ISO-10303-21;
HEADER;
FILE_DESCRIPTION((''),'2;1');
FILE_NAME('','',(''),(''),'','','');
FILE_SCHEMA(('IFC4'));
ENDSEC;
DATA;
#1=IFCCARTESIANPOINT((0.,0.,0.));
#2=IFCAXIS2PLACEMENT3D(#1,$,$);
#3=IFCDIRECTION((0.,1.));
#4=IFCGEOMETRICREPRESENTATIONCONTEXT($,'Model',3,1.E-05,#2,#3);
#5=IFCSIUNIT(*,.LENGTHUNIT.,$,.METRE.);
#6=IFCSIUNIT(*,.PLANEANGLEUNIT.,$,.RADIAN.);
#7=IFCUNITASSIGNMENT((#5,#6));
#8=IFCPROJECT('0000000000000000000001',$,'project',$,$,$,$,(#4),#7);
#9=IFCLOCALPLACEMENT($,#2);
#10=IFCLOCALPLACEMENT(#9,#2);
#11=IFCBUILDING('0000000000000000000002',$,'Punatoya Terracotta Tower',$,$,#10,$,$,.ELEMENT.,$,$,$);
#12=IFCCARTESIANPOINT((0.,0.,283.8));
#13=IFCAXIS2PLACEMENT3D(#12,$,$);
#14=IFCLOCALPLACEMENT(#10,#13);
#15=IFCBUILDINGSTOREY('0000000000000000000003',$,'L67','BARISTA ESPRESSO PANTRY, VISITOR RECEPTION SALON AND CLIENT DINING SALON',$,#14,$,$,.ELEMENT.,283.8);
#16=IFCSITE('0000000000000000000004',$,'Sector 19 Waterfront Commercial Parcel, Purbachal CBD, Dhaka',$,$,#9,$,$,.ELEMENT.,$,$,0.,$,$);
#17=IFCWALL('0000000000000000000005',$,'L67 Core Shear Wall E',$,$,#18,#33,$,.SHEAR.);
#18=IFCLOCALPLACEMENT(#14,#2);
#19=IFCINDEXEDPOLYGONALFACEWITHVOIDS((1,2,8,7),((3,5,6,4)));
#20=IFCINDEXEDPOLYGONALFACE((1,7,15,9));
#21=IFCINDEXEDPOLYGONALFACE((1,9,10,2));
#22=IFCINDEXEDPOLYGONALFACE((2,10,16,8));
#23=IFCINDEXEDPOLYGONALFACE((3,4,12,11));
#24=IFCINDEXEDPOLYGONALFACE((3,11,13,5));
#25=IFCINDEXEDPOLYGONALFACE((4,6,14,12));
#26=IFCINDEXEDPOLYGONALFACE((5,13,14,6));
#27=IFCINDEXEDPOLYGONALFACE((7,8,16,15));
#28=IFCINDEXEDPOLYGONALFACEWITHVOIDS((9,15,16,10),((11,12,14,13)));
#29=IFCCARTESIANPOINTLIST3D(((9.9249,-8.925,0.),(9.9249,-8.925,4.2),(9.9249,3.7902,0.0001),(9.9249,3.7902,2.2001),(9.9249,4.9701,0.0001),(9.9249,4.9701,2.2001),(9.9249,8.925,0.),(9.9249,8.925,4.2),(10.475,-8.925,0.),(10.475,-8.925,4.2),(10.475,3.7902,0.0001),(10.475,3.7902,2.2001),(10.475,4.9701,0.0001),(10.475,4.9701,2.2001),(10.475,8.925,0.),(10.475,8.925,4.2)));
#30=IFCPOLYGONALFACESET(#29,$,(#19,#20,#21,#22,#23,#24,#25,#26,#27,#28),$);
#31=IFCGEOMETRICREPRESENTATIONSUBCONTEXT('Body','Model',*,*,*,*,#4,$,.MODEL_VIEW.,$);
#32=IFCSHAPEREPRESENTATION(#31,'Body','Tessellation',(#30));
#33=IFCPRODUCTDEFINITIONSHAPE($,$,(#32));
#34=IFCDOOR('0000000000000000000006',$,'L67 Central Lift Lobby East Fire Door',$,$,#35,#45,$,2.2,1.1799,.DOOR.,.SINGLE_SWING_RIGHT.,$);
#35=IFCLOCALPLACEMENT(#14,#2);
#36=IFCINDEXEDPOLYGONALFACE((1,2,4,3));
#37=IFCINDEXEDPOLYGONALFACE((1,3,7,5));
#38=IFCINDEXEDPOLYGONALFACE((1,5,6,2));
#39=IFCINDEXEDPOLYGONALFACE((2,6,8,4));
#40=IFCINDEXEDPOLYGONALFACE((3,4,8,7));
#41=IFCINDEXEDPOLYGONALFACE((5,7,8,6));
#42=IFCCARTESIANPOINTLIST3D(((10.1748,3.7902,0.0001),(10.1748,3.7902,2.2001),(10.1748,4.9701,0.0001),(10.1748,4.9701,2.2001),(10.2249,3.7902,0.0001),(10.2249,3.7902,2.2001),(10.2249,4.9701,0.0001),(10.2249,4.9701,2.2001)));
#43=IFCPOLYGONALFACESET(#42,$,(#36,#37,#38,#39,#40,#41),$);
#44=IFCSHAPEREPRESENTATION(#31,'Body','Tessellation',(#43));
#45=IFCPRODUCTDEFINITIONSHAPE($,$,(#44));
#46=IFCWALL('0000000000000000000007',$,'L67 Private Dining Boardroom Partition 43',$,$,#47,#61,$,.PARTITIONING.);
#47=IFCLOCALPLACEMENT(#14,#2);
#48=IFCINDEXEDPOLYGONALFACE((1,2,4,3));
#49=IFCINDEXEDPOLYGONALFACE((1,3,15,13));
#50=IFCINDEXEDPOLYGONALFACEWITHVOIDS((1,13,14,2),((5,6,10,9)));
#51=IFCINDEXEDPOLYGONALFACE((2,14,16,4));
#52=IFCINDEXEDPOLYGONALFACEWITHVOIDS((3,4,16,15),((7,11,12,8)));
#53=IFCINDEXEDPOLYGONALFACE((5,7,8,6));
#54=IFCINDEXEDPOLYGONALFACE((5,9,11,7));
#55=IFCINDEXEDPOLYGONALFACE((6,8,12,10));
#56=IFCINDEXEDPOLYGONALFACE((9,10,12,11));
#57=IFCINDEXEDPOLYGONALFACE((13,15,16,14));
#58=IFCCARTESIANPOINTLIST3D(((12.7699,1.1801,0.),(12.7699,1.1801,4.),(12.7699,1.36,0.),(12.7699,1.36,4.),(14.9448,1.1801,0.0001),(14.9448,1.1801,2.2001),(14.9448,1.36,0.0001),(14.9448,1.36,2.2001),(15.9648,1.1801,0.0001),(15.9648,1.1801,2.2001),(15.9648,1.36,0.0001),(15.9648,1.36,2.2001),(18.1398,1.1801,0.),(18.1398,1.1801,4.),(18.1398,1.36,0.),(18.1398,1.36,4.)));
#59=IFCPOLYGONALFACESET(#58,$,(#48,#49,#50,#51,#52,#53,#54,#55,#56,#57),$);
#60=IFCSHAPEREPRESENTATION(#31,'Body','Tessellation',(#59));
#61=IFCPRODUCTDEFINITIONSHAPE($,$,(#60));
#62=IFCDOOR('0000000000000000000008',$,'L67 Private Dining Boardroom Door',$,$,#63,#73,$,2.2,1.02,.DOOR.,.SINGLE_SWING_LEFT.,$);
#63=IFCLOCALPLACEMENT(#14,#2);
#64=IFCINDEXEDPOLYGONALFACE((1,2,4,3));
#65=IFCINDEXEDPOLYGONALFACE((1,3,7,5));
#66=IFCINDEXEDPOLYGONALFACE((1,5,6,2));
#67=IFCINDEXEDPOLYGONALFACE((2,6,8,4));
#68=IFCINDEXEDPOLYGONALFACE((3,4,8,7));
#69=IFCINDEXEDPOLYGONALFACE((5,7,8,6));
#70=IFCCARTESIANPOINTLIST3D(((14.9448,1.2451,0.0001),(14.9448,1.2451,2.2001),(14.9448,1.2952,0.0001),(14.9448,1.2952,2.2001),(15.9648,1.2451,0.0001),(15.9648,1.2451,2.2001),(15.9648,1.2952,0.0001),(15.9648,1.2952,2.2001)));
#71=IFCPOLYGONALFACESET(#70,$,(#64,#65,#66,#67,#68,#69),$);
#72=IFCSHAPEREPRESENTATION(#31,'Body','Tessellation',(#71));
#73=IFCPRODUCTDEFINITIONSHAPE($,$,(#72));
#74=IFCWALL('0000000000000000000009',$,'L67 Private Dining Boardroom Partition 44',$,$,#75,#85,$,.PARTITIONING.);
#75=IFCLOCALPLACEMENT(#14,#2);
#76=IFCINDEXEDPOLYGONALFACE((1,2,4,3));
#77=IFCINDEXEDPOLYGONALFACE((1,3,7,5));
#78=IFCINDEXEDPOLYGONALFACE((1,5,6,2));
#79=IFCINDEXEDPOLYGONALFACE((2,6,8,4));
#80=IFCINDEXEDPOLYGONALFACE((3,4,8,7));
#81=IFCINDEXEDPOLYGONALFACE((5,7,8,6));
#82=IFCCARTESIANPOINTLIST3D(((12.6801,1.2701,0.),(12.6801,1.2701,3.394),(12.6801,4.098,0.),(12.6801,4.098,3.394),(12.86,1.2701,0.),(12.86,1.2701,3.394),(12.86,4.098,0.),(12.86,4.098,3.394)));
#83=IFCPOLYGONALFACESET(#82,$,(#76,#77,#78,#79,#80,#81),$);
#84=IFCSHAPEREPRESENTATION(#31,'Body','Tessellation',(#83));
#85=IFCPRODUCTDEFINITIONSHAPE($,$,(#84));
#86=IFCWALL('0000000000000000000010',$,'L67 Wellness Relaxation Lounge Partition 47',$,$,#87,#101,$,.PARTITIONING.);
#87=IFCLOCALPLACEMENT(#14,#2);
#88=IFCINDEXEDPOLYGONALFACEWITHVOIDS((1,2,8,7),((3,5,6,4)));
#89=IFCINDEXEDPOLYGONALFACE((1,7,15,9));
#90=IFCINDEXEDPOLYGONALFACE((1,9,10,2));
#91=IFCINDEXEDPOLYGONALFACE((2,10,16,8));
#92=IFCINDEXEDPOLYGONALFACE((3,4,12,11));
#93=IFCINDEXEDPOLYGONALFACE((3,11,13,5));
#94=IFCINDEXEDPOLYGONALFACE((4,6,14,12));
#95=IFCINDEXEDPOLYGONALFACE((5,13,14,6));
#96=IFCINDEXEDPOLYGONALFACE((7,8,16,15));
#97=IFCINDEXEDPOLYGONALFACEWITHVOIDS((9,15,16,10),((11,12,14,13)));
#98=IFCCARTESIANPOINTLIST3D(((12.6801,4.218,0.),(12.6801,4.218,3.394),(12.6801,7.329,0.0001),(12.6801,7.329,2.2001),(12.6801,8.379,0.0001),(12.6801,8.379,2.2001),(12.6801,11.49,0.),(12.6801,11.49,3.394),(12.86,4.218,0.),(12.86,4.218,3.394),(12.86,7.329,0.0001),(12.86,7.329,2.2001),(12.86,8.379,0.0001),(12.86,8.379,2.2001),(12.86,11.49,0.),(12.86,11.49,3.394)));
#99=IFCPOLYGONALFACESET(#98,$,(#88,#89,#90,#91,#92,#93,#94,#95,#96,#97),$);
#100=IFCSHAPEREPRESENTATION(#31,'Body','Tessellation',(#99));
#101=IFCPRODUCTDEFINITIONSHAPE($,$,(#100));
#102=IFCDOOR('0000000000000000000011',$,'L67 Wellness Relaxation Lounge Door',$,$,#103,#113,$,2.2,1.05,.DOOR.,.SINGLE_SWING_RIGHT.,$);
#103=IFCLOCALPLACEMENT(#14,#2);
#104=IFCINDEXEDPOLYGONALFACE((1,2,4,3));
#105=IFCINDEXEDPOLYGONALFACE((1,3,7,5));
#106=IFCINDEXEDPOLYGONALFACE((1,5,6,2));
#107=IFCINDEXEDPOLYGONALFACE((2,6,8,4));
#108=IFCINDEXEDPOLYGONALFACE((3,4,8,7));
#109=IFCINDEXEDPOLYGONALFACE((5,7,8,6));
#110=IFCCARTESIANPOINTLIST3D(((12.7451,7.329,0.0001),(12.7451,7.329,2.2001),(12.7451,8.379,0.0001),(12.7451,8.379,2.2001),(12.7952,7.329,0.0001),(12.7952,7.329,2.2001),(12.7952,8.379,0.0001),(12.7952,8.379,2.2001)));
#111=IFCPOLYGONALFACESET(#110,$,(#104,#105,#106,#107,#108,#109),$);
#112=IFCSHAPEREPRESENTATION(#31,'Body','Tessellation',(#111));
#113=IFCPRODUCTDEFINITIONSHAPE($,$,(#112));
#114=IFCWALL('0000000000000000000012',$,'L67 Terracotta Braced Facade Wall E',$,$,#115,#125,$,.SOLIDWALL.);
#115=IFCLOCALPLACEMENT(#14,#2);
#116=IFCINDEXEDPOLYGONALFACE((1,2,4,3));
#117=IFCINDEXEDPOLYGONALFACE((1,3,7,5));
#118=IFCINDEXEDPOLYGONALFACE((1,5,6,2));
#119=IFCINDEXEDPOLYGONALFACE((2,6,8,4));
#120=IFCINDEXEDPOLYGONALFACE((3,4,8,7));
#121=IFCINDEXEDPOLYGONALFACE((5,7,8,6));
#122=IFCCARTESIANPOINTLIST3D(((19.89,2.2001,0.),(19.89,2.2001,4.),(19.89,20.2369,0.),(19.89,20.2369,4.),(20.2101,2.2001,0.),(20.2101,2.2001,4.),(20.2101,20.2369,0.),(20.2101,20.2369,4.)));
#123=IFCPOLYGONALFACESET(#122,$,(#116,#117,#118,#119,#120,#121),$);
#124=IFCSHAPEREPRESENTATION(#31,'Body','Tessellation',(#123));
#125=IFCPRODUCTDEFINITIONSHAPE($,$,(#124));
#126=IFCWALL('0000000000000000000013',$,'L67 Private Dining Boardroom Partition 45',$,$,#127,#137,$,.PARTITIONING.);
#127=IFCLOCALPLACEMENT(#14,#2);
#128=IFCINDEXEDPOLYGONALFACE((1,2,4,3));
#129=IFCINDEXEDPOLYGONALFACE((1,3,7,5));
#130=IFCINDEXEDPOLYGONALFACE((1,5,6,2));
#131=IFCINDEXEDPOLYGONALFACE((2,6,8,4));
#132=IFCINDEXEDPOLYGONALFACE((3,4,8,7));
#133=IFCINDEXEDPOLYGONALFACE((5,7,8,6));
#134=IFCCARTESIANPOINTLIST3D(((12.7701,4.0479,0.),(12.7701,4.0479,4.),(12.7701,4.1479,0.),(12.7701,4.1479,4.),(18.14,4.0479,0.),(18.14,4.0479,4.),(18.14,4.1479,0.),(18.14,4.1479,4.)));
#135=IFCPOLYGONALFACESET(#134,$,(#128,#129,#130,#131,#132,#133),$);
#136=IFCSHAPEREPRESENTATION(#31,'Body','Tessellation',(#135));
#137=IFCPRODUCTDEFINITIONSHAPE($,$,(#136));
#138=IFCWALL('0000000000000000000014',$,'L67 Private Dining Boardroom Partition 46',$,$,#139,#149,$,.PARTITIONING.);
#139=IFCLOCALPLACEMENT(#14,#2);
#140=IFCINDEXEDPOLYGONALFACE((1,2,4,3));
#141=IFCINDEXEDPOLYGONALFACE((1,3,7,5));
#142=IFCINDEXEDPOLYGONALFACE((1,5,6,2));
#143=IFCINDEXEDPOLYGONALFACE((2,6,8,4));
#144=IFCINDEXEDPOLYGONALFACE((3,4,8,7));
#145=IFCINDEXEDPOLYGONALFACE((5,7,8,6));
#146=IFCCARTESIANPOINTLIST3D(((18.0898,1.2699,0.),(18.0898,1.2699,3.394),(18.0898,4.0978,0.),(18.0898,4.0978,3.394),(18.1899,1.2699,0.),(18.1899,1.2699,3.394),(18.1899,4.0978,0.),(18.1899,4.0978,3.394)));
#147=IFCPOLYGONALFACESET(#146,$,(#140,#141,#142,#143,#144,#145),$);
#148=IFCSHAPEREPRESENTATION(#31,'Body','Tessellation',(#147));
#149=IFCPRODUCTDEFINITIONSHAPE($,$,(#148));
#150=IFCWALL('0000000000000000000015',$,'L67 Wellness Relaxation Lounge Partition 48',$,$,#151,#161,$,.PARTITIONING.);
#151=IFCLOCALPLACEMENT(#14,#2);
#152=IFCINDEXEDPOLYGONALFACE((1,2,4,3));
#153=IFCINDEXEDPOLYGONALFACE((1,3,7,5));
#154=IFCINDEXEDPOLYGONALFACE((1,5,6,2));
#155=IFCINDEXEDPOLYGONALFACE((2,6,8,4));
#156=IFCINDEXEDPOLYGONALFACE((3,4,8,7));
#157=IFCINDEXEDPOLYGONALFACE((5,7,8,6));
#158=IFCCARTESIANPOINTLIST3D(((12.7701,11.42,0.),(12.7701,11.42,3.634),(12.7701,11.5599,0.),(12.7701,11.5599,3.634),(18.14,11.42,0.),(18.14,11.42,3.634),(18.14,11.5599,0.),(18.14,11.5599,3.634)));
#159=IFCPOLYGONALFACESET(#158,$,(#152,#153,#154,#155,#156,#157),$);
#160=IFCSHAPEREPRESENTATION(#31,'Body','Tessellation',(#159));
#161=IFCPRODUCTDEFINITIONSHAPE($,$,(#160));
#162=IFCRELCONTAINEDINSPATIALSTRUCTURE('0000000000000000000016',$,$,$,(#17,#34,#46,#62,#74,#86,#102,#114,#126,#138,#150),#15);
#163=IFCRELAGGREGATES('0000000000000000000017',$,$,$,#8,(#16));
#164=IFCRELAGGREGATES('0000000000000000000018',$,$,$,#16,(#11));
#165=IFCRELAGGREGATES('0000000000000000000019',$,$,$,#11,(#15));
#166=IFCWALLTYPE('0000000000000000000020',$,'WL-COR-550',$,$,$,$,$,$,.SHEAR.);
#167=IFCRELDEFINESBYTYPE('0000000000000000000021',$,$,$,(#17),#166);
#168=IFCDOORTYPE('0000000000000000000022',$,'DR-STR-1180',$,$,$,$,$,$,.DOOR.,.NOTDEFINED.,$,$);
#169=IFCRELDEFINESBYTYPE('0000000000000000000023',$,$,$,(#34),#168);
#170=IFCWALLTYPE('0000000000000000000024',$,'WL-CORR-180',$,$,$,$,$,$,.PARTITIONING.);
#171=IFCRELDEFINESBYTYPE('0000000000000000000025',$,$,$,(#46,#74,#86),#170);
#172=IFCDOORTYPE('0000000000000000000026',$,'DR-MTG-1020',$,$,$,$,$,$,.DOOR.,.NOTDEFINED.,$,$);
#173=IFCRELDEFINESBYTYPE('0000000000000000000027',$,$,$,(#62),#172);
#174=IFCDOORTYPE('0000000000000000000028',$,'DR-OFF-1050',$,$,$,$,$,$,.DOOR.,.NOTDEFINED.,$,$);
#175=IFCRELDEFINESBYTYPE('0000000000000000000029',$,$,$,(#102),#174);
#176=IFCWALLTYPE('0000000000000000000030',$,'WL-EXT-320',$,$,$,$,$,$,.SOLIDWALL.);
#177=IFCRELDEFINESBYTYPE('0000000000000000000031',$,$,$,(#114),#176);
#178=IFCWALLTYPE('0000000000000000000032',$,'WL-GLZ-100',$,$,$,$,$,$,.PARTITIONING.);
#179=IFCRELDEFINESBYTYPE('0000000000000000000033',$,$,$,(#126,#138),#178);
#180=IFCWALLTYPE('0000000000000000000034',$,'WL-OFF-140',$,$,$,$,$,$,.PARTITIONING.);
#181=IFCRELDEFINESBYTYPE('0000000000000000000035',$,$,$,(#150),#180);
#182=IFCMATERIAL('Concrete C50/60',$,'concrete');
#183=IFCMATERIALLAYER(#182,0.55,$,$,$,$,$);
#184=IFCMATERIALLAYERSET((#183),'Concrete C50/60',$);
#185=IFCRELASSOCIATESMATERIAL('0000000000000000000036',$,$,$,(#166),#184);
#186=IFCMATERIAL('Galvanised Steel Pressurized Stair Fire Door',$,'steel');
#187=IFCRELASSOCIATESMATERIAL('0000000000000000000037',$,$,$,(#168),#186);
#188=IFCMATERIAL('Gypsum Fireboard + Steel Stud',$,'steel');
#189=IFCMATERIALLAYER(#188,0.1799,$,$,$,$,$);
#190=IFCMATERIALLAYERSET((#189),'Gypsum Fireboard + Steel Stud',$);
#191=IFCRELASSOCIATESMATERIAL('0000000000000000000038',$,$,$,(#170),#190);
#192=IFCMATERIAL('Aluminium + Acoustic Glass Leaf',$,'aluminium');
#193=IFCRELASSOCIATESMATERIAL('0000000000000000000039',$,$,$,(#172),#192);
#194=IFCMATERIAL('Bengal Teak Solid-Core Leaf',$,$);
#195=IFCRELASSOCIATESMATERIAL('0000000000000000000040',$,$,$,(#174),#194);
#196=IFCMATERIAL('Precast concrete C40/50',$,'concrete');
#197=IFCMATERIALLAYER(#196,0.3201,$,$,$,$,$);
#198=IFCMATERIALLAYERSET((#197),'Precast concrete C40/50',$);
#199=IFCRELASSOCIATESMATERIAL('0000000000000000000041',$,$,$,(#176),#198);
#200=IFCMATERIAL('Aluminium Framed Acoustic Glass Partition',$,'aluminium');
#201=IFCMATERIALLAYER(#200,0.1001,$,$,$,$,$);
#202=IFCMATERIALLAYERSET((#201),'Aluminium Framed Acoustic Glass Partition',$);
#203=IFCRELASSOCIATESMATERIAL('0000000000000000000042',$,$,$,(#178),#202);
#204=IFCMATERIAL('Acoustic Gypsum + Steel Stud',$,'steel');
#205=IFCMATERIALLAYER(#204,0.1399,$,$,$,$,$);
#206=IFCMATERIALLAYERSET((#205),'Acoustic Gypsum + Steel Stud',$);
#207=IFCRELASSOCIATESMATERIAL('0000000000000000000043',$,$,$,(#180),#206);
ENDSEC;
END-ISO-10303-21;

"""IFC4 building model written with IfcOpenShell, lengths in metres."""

from ifc_helpers import new_model, si_unit, direction, frame, frame_2d, origin, place, context, subcontext, project, spatial, rectangle, extrude, material, layer, layer_set, type_object, element, fill, save


model = new_model("IFC4")

# Units and contexts
model_context = context("Model", 3, precision=1e-05, world=origin(), true_north=direction((0.0, 1.0)))
body_context = subcontext(model_context, "Body", "Model", "MODEL_VIEW")
ifc_project = project(units=[si_unit("LENGTHUNIT", "METRE"), si_unit("PLANEANGLEUNIT", "RADIAN")], contexts=[model_context])

# Site, building, storey
site_placement = place(None, origin())
site = spatial("IfcSite", under=ifc_project, at=site_placement, Name="Sector 19 Waterfront Commercial Parcel, Purbachal CBD, Dhaka", CompositionType="ELEMENT", RefElevation=0.0)
building_placement = place(site_placement, origin())
building = spatial("IfcBuilding", under=site, at=building_placement, Name="Punatoya Terracotta Tower", CompositionType="ELEMENT")
storey_placement = place(building_placement, frame((0.0, 0.0, 283.8)))
storey = spatial("IfcBuildingStorey", under=building, at=storey_placement, Name="L67", Description="BARISTA ESPRESSO PANTRY, VISITOR RECEPTION SALON AND CLIENT DINING SALON", CompositionType="ELEMENT", Elevation=283.8)

# Walls, openings, doors
ifc_material_1 = material(Name="Concrete C50/60", Category="concrete")
ifc_layer_1 = layer(ifc_material_1, 0.55)
ifc_layer_set_1 = layer_set([ifc_layer_1], Name="Concrete C50/60")
wall_type_1 = type_object("IfcWallType", Name="WL-COR-550", PredefinedType="SHEAR", material=ifc_layer_set_1)
wall_1_placement = place(storey_placement, frame((10.2, 8.925, 0.0), z_axis=(0.0, 0.0, 1.0), x_axis=(0.0, -1.0, 0.0)))
wall_1 = element("IfcWall", 1, at=wall_1_placement, inside=storey, type_object=wall_type_1, Name="L67 Core Shear Wall E", PredefinedType="SHEAR", context=body_context, shape_type="SweptSolid", body=[
    extrude(rectangle(XDim=17.8501, YDim=0.55, at=frame_2d((8.925, 0.0))), origin(), (0.0, 0.0, 1.0), 4.2),
])
opening_1_placement = place(wall_1_placement, frame((3.9551, 0.0, 0.0)))
opening_1 = element("IfcOpeningElement", 2, at=opening_1_placement, cuts=wall_1, PredefinedType="OPENING", context=body_context, shape_type="SweptSolid", body=[
    extrude(rectangle(XDim=1.1799, YDim=2.2, at=frame_2d((0.5898, 1.1001))), frame((0.0, 0.2849, 0.0), z_axis=(0.0, -1.0, 0.0), x_axis=(1.0, 0.0, 0.0)), (0.0, 0.0, 1.0), 0.5701),
])
ifc_material_2 = material(Name="Galvanised Steel Pressurized Stair Fire Door", Category="steel")
door_type_1 = type_object("IfcDoorType", Name="DR-STR-1180", OperationType="NOTDEFINED", PredefinedType="DOOR", material=ifc_material_2)
door_1_placement = place(opening_1_placement, origin())
door_1 = element("IfcDoor", 3, at=door_1_placement, inside=storey, type_object=door_type_1, Name="L67 Central Lift Lobby East Fire Door", OperationType="SINGLE_SWING_RIGHT", OverallHeight=2.2, OverallWidth=1.1799, PredefinedType="DOOR", context=body_context, shape_type="SweptSolid", body=[
    extrude(rectangle(XDim=1.1799, YDim=2.2, at=frame_2d((0.5898, 1.1001))), frame((0.0, 0.0249, 0.0), z_axis=(0.0, -1.0, 0.0), x_axis=(1.0, 0.0, 0.0)), (0.0, 0.0, 1.0), 0.05),
])
fill(opening_1, door_1)
ifc_material_3 = material(Name="Gypsum Fireboard + Steel Stud", Category="steel")
ifc_layer_2 = layer(ifc_material_3, 0.1799)
ifc_layer_set_2 = layer_set([ifc_layer_2], Name="Gypsum Fireboard + Steel Stud")
wall_type_2 = type_object("IfcWallType", Name="WL-CORR-180", PredefinedType="PARTITIONING", material=ifc_layer_set_2)
wall_2_placement = place(storey_placement, frame((18.1399, 1.27, 0.0), z_axis=(0.0, 0.0, 1.0), x_axis=(-1.0, 0.0, 0.0)))
wall_2 = element("IfcWall", 4, at=wall_2_placement, inside=storey, type_object=wall_type_2, Name="L67 Private Dining Boardroom Partition 43", PredefinedType="PARTITIONING", context=body_context, shape_type="SweptSolid", body=[
    extrude(rectangle(XDim=5.3699, YDim=0.1799, at=frame_2d((2.6851, 0.0))), origin(), (0.0, 0.0, 1.0), 4.0),
])
opening_2_placement = place(wall_2_placement, frame((2.175, 0.0, 0.0)))
opening_2 = element("IfcOpeningElement", 5, at=opening_2_placement, cuts=wall_2, PredefinedType="OPENING", context=body_context, shape_type="SweptSolid", body=[
    extrude(rectangle(XDim=1.02, YDim=2.2, at=frame_2d((0.51, 1.1001))), frame((0.0, 0.0999, 0.0), z_axis=(0.0, -1.0, 0.0), x_axis=(1.0, 0.0, 0.0)), (0.0, 0.0, 1.0), 0.2),
])
ifc_material_4 = material(Name="Aluminium + Acoustic Glass Leaf", Category="aluminium")
door_type_2 = type_object("IfcDoorType", Name="DR-MTG-1020", OperationType="NOTDEFINED", PredefinedType="DOOR", material=ifc_material_4)
door_2_placement = place(opening_2_placement, origin())
door_2 = element("IfcDoor", 6, at=door_2_placement, inside=storey, type_object=door_type_2, Name="L67 Private Dining Boardroom Door", OperationType="SINGLE_SWING_LEFT", OverallHeight=2.2, OverallWidth=1.02, PredefinedType="DOOR", context=body_context, shape_type="SweptSolid", body=[
    extrude(rectangle(XDim=1.02, YDim=2.2, at=frame_2d((0.51, 1.1001))), frame((0.0, 0.0249, 0.0), z_axis=(0.0, -1.0, 0.0), x_axis=(1.0, 0.0, 0.0)), (0.0, 0.0, 1.0), 0.05),
])
fill(opening_2, door_2)

# Wall
wall_3_placement = place(storey_placement, frame((12.77, 1.27, 0.0), z_axis=(0.0, 0.0, 1.0), x_axis=(0.0, 1.0, 0.0)))
element("IfcWall", 7, at=wall_3_placement, inside=storey, type_object=wall_type_2, Name="L67 Private Dining Boardroom Partition 44", PredefinedType="PARTITIONING", context=body_context, shape_type="SweptSolid", body=[
    extrude(rectangle(XDim=2.8279, YDim=0.1799, at=frame_2d((1.4141, 0.0))), origin(), (0.0, 0.0, 1.0), 3.394),
])

# Wall, opening, door
wall_4_placement = place(storey_placement, frame((12.77, 4.218, 0.0), z_axis=(0.0, 0.0, 1.0), x_axis=(0.0, 1.0, 0.0)))
wall_4 = element("IfcWall", 8, at=wall_4_placement, inside=storey, type_object=wall_type_2, Name="L67 Wellness Relaxation Lounge Partition 47", PredefinedType="PARTITIONING", context=body_context, shape_type="SweptSolid", body=[
    extrude(rectangle(XDim=7.272, YDim=0.1799, at=frame_2d((3.636, 0.0))), origin(), (0.0, 0.0, 1.0), 3.394),
])
opening_3_placement = place(wall_4_placement, frame((3.1111, 0.0, 0.0)))
opening_3 = element("IfcOpeningElement", 9, at=opening_3_placement, cuts=wall_4, PredefinedType="OPENING", context=body_context, shape_type="SweptSolid", body=[
    extrude(rectangle(XDim=1.05, YDim=2.2, at=frame_2d((0.5249, 1.1001))), frame((0.0, 0.0999, 0.0), z_axis=(0.0, -1.0, 0.0), x_axis=(1.0, 0.0, 0.0)), (0.0, 0.0, 1.0), 0.2),
])
ifc_material_5 = material(Name="Bengal Teak Solid-Core Leaf")
door_type_3 = type_object("IfcDoorType", Name="DR-OFF-1050", OperationType="NOTDEFINED", PredefinedType="DOOR", material=ifc_material_5)
door_3_placement = place(opening_3_placement, origin())
door_3 = element("IfcDoor", 10, at=door_3_placement, inside=storey, type_object=door_type_3, Name="L67 Wellness Relaxation Lounge Door", OperationType="SINGLE_SWING_RIGHT", OverallHeight=2.2, OverallWidth=1.05, PredefinedType="DOOR", context=body_context, shape_type="SweptSolid", body=[
    extrude(rectangle(XDim=1.05, YDim=2.2, at=frame_2d((0.5249, 1.1001))), frame((0.0, 0.0249, 0.0), z_axis=(0.0, -1.0, 0.0), x_axis=(1.0, 0.0, 0.0)), (0.0, 0.0, 1.0), 0.05),
])
fill(opening_3, door_3)

# Walls
ifc_material_6 = material(Name="Precast concrete C40/50", Category="concrete")
ifc_layer_3 = layer(ifc_material_6, 0.3201)
ifc_layer_set_3 = layer_set([ifc_layer_3], Name="Precast concrete C40/50")
wall_type_3 = type_object("IfcWallType", Name="WL-EXT-320", PredefinedType="SOLIDWALL", material=ifc_layer_set_3)
wall_5_placement = place(storey_placement, frame((20.05, 2.2, 0.0), z_axis=(0.0, 0.0, 1.0), x_axis=(0.0, 1.0, 0.0)))
element("IfcWall", 11, at=wall_5_placement, inside=storey, type_object=wall_type_3, Name="L67 Terracotta Braced Facade Wall E", PredefinedType="SOLIDWALL", context=body_context, shape_type="SweptSolid", body=[
    extrude(rectangle(XDim=18.0369, YDim=0.3201, at=frame_2d((9.0186, 0.0))), origin(), (0.0, 0.0, 1.0), 4.0),
])
ifc_material_7 = material(Name="Aluminium Framed Acoustic Glass Partition", Category="aluminium")
ifc_layer_4 = layer(ifc_material_7, 0.1001)
ifc_layer_set_4 = layer_set([ifc_layer_4], Name="Aluminium Framed Acoustic Glass Partition")
wall_type_4 = type_object("IfcWallType", Name="WL-GLZ-100", PredefinedType="PARTITIONING", material=ifc_layer_set_4)
wall_6_placement = place(storey_placement, frame((12.77, 4.0979, 0.0), z_axis=(0.0, 0.0, 1.0), x_axis=(1.0, 0.0, 0.0)))
element("IfcWall", 12, at=wall_6_placement, inside=storey, type_object=wall_type_4, Name="L67 Private Dining Boardroom Partition 45", PredefinedType="PARTITIONING", context=body_context, shape_type="SweptSolid", body=[
    extrude(rectangle(XDim=5.3699, YDim=0.1001, at=frame_2d((2.6851, 0.0))), origin(), (0.0, 0.0, 1.0), 4.0),
])
wall_7_placement = place(storey_placement, frame((18.1399, 4.0979, 0.0), z_axis=(0.0, 0.0, 1.0), x_axis=(0.0, -1.0, 0.0)))
element("IfcWall", 13, at=wall_7_placement, inside=storey, type_object=wall_type_4, Name="L67 Private Dining Boardroom Partition 46", PredefinedType="PARTITIONING", context=body_context, shape_type="SweptSolid", body=[
    extrude(rectangle(XDim=2.8279, YDim=0.1001, at=frame_2d((1.4141, 0.0))), origin(), (0.0, 0.0, 1.0), 3.394),
])
ifc_material_8 = material(Name="Acoustic Gypsum + Steel Stud", Category="steel")
ifc_layer_5 = layer(ifc_material_8, 0.1399)
ifc_layer_set_5 = layer_set([ifc_layer_5], Name="Acoustic Gypsum + Steel Stud")
wall_type_5 = type_object("IfcWallType", Name="WL-OFF-140", PredefinedType="PARTITIONING", material=ifc_layer_set_5)
wall_8_placement = place(storey_placement, frame((12.77, 11.49, 0.0), z_axis=(0.0, 0.0, 1.0), x_axis=(1.0, 0.0, 0.0)))
element("IfcWall", 14, at=wall_8_placement, inside=storey, type_object=wall_type_5, Name="L67 Wellness Relaxation Lounge Partition 48", PredefinedType="PARTITIONING", context=body_context, shape_type="SweptSolid", body=[
    extrude(rectangle(XDim=5.3699, YDim=0.1399, at=frame_2d((2.6851, 0.0))), origin(), (0.0, 0.0, 1.0), 3.634),
])

save(model, "model.ifc")
